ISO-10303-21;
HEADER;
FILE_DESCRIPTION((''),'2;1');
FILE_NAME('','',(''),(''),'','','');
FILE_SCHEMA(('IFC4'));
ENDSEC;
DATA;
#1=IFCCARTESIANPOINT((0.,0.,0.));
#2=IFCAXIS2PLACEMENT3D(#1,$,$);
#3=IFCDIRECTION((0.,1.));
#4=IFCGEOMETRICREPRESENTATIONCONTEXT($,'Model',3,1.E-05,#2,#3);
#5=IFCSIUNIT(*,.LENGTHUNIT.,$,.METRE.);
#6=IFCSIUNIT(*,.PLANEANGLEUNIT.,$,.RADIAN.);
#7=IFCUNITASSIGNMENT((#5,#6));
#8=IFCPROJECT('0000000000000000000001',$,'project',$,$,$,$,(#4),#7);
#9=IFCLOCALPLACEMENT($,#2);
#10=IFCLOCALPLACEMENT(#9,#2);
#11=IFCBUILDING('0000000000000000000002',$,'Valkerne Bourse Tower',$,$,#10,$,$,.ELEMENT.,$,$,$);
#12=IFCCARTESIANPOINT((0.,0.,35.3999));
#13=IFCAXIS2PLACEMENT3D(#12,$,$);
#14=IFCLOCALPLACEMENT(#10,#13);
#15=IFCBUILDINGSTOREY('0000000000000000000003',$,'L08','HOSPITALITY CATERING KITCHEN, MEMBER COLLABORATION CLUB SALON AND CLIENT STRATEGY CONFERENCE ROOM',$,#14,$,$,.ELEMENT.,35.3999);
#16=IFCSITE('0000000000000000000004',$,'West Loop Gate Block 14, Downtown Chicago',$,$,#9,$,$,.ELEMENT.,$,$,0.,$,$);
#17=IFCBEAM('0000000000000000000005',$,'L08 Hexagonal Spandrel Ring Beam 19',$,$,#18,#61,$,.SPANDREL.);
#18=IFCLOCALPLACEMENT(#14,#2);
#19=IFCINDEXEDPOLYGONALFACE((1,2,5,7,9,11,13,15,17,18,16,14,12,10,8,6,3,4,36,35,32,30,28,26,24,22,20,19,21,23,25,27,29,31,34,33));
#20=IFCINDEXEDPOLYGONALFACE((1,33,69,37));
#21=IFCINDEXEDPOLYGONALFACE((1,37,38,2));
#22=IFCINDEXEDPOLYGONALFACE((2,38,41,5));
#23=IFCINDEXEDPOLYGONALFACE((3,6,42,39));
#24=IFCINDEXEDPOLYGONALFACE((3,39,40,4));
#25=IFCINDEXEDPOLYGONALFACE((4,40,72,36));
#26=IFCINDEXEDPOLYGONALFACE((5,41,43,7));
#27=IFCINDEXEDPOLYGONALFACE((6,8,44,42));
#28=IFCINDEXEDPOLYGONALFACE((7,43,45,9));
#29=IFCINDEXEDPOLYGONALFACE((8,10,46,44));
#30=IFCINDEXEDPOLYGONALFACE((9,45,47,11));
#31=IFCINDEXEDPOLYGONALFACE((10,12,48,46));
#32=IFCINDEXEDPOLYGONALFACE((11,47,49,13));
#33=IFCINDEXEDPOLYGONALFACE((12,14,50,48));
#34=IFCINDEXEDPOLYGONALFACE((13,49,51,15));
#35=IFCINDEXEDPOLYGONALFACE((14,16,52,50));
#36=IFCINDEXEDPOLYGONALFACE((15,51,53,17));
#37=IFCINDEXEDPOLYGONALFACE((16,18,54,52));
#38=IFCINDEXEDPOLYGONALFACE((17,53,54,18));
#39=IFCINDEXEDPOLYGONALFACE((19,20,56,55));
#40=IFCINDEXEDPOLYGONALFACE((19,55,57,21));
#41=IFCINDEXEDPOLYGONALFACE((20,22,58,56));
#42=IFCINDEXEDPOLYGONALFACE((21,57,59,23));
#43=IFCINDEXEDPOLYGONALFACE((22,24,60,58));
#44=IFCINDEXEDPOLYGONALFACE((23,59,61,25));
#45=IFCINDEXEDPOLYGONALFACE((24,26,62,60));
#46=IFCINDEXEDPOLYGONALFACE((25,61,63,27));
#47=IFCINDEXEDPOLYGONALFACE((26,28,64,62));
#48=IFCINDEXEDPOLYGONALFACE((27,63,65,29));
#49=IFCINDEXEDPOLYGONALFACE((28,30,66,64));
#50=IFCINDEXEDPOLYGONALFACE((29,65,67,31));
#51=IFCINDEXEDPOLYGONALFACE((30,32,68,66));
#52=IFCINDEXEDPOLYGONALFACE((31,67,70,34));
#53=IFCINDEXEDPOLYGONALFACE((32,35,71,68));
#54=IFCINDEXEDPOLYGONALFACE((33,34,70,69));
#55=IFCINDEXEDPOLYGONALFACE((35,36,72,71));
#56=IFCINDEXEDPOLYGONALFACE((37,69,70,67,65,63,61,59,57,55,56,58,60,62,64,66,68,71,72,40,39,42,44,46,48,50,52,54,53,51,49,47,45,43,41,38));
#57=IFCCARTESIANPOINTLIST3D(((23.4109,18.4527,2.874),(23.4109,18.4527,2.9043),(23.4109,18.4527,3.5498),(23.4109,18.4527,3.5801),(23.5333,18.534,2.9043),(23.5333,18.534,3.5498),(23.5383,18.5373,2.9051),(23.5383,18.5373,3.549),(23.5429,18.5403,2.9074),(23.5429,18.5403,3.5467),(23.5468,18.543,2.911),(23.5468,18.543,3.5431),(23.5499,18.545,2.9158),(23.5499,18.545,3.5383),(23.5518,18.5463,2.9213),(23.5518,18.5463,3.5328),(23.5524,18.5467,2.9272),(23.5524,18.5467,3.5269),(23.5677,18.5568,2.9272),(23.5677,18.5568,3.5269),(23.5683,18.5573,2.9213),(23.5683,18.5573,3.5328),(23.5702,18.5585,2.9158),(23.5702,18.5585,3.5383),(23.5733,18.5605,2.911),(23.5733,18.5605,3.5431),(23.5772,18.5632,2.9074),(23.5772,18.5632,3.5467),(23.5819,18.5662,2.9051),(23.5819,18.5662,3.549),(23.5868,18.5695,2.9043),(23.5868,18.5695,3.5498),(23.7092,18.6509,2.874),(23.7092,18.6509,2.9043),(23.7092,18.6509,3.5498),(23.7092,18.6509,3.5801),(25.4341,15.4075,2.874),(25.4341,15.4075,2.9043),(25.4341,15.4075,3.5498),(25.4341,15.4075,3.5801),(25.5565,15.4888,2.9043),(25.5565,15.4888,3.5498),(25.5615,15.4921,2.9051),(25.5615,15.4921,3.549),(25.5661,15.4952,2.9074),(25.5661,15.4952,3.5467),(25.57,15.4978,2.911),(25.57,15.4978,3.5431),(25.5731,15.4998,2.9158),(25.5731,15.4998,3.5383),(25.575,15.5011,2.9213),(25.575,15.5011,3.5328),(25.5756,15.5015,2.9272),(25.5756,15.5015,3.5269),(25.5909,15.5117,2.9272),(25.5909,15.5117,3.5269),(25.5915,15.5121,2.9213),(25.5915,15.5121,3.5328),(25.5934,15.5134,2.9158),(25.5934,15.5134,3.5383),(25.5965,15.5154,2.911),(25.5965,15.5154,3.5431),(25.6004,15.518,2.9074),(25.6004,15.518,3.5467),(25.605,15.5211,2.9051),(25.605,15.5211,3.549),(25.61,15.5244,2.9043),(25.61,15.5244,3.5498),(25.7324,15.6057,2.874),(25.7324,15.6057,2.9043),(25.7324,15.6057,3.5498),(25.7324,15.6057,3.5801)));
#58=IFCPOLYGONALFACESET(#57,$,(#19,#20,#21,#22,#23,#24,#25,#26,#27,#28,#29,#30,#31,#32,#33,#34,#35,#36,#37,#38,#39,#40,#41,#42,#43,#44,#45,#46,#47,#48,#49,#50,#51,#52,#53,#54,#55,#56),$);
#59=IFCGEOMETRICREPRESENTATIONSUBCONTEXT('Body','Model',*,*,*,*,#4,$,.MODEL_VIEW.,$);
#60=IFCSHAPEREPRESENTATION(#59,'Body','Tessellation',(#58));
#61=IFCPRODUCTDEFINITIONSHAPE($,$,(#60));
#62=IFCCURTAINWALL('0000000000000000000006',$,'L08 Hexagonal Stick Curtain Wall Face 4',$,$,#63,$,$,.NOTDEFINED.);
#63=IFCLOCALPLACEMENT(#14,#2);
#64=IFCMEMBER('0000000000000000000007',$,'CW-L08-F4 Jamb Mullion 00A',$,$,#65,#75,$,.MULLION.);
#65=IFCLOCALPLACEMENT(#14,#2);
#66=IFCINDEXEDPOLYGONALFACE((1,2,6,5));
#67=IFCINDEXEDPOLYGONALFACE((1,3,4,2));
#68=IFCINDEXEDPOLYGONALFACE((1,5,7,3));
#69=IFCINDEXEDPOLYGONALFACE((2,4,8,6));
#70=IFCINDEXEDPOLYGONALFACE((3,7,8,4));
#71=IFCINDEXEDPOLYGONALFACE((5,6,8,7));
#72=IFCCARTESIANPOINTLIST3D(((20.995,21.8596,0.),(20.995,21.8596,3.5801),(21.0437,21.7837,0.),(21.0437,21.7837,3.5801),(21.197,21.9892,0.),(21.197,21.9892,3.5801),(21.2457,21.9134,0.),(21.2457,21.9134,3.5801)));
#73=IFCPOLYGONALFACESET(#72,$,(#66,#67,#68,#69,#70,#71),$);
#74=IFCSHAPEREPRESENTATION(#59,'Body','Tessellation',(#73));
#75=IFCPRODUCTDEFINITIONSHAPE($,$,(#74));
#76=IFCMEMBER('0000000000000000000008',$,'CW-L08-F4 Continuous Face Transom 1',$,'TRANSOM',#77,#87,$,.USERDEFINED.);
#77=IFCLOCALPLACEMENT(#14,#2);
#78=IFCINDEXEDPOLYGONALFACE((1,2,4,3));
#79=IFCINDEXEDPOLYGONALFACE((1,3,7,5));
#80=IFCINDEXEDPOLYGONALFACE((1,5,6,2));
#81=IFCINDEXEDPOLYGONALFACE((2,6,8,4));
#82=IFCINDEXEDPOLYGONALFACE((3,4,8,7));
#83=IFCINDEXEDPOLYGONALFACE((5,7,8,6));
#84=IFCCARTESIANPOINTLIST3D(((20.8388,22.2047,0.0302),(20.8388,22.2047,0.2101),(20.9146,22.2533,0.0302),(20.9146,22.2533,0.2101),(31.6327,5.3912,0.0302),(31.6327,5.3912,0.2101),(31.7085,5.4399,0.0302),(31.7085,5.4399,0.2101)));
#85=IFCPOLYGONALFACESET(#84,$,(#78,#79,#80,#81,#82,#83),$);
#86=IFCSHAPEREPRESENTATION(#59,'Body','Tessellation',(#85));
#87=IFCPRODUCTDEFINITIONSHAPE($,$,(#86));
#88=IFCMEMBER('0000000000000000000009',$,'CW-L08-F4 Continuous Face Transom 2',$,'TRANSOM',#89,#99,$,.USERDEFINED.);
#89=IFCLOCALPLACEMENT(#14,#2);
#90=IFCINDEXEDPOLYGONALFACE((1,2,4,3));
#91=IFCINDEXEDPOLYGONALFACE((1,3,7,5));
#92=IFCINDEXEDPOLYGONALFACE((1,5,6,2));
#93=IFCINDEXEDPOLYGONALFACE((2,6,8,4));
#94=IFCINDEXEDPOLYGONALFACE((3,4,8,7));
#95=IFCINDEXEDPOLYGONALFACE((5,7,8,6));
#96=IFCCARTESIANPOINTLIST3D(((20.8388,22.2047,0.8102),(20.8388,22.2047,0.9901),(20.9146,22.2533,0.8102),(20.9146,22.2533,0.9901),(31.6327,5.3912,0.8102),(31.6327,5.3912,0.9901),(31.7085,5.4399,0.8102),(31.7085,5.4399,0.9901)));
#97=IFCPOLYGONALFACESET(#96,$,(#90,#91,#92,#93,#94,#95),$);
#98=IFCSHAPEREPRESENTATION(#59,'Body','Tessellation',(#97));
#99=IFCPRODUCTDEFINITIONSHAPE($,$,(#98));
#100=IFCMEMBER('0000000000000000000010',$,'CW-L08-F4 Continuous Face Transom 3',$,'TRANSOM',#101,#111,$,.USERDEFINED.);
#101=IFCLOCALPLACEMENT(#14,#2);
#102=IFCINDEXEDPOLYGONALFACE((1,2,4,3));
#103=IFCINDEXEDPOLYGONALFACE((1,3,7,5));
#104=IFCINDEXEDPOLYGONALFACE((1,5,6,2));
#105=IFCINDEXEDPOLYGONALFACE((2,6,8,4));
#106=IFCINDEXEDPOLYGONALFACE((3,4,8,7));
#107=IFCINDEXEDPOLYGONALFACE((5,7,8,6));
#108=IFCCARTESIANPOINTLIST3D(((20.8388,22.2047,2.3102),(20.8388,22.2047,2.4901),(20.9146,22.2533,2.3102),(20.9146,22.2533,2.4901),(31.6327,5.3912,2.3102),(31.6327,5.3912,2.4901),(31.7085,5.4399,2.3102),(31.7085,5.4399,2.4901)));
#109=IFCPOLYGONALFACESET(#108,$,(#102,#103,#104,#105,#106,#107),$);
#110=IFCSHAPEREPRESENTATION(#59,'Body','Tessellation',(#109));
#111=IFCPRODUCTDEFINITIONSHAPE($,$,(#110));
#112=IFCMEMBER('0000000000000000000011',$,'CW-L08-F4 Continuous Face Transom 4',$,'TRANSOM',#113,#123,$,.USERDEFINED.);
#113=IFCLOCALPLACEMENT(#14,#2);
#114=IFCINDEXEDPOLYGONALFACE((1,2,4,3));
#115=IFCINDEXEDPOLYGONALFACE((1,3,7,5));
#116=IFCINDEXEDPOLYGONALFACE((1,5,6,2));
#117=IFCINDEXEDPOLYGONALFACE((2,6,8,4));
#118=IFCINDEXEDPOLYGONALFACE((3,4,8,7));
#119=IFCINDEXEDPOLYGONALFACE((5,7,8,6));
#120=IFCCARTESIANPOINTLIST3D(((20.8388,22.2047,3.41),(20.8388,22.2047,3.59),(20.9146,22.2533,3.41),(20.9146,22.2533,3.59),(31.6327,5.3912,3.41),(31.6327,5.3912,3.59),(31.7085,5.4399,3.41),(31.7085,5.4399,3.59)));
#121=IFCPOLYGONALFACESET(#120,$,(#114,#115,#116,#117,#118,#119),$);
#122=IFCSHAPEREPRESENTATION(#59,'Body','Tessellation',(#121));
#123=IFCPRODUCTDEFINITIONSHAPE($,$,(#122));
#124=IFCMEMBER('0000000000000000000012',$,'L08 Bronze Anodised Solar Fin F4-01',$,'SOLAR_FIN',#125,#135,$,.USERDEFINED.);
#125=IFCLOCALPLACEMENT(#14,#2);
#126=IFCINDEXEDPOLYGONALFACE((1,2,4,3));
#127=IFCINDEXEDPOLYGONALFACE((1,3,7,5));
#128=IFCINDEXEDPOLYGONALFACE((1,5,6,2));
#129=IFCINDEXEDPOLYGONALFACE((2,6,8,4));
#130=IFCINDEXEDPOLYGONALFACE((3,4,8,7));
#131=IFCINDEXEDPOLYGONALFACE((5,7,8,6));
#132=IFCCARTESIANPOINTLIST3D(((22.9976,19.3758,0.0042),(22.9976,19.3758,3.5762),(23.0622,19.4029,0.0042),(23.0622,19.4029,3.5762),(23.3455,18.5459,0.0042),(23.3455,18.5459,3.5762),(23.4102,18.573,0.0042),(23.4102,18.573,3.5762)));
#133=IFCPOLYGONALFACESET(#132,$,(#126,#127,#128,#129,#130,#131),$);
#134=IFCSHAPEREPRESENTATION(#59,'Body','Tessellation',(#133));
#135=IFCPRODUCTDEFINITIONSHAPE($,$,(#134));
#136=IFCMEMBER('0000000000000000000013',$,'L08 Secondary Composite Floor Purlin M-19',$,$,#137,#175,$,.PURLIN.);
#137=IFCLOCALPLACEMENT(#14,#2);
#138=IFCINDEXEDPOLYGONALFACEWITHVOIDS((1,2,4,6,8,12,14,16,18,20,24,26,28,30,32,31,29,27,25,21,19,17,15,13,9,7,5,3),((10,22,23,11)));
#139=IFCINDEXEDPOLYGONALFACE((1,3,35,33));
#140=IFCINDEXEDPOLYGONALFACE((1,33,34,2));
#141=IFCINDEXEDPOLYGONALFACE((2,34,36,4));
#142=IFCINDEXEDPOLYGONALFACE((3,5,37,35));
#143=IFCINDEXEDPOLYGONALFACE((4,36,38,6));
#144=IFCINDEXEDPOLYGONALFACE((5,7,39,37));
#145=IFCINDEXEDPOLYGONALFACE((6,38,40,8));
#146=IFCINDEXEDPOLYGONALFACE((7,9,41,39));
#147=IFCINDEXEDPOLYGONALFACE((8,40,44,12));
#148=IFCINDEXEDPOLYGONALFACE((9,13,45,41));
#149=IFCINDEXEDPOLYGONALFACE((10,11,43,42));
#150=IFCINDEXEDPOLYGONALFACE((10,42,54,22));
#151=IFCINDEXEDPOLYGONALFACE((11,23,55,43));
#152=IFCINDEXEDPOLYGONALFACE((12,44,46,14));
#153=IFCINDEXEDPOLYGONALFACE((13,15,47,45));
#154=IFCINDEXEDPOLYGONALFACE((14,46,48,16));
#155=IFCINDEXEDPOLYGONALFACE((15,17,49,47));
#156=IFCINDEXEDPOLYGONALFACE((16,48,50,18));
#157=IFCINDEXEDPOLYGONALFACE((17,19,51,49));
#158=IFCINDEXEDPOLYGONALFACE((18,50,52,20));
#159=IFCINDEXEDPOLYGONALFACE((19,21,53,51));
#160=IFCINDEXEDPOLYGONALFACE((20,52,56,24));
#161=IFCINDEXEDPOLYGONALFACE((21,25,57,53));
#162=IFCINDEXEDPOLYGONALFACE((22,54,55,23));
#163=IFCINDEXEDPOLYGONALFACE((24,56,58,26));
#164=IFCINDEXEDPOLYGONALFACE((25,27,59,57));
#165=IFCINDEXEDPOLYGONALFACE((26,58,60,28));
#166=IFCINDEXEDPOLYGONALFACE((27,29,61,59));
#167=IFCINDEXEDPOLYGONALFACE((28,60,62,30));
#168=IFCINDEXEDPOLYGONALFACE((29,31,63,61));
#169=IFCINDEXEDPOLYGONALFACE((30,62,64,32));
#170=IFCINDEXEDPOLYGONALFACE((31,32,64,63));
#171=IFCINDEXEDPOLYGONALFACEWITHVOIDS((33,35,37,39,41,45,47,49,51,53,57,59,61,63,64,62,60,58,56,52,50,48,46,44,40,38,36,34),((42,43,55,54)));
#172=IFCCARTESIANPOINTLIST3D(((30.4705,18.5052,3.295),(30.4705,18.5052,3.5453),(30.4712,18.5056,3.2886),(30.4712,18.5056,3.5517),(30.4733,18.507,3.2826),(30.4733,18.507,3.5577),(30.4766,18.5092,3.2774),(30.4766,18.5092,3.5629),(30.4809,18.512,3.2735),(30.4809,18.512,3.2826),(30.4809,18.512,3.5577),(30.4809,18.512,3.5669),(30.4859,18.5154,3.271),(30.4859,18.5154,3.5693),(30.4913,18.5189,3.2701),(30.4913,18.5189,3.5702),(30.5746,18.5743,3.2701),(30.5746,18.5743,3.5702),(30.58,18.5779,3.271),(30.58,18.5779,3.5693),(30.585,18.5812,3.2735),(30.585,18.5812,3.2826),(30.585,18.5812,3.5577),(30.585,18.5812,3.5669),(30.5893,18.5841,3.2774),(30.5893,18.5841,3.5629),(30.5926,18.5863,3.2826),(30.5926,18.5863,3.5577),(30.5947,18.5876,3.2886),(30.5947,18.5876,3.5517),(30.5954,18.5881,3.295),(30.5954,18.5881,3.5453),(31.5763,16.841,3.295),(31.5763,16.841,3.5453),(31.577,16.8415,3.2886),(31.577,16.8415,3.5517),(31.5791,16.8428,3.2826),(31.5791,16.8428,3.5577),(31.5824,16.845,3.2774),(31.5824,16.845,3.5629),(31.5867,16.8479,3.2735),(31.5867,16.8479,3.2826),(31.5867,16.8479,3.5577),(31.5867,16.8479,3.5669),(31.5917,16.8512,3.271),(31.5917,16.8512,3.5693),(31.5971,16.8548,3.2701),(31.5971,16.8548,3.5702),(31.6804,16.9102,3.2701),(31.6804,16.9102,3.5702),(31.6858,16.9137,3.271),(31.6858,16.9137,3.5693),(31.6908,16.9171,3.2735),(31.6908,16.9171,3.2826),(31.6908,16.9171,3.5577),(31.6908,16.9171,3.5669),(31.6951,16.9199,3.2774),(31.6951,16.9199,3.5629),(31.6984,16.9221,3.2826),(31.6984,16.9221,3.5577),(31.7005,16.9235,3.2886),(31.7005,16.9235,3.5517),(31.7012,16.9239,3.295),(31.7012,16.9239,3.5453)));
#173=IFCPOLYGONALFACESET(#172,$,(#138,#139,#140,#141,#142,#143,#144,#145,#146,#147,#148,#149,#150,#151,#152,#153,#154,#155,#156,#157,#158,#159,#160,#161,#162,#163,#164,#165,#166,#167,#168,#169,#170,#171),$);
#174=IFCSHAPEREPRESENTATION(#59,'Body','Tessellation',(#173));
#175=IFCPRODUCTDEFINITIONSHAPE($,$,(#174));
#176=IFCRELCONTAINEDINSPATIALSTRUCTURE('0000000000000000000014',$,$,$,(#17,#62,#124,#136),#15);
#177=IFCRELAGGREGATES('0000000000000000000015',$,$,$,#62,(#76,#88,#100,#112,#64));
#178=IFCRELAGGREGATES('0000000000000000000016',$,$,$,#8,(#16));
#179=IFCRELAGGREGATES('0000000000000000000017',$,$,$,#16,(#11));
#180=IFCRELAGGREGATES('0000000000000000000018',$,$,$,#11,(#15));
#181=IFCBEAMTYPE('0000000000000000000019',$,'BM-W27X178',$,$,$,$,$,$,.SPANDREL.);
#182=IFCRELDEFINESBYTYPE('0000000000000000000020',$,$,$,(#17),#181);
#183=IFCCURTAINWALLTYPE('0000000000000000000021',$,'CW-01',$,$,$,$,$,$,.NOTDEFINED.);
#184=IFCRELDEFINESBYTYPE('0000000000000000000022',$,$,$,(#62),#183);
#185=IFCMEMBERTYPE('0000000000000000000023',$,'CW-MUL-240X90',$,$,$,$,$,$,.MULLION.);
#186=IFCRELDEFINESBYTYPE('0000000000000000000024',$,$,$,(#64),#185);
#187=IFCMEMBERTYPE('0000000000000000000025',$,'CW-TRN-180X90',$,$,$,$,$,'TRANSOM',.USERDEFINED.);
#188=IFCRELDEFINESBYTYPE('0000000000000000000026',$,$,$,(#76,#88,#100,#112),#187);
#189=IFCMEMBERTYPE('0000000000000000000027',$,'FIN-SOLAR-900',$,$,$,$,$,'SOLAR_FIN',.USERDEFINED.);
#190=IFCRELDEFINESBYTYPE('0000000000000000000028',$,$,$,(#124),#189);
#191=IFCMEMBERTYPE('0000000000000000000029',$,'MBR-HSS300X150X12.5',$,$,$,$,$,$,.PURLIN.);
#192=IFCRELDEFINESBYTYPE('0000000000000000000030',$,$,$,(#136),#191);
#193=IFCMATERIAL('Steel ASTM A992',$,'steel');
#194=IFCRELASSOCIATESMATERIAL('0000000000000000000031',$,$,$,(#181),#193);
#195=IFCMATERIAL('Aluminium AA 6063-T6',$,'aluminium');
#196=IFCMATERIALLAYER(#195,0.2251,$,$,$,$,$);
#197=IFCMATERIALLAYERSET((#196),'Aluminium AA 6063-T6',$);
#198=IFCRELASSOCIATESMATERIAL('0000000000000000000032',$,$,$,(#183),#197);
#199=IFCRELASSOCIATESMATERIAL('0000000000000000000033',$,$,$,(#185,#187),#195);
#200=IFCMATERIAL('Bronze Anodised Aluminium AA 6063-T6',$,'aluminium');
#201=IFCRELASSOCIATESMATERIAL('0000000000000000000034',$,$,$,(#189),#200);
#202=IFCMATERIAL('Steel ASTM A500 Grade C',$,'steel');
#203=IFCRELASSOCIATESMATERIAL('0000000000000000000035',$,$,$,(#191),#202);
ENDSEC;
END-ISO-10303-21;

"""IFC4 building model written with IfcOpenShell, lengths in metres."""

from ifc_helpers import new_model, si_unit, direction, frame, origin, origin_2d, place, context, subcontext, project, spatial, rectangle, hollow_rectangle, i_section, extrude, material, layer, layer_set, material_profile, profile_set, type_object, element, aggregate, save


model = new_model("IFC4")

# Units and contexts
model_context = context("Model", 3, precision=1e-05, world=origin(), true_north=direction((0.0, 1.0)))
body_context = subcontext(model_context, "Body", "Model", "MODEL_VIEW")
ifc_project = project(units=[si_unit("LENGTHUNIT", "METRE"), si_unit("PLANEANGLEUNIT", "RADIAN")], contexts=[model_context])

# Site, building, storey
site_placement = place(None, origin())
site = spatial("IfcSite", under=ifc_project, at=site_placement, Name="West Loop Gate Block 14, Downtown Chicago", CompositionType="ELEMENT", RefElevation=0.0)
building_placement = place(site_placement, origin())
building = spatial("IfcBuilding", under=site, at=building_placement, Name="Valkerne Bourse Tower", CompositionType="ELEMENT")
storey_placement = place(building_placement, frame((0.0, 0.0, 35.3999)))
storey = spatial("IfcBuildingStorey", under=building, at=storey_placement, Name="L08", Description="HOSPITALITY CATERING KITCHEN, MEMBER COLLABORATION CLUB SALON AND CLIENT STRATEGY CONFERENCE ROOM", CompositionType="ELEMENT", Elevation=35.3999)

# Beam
ifc_material_1 = material(Name="Steel ASTM A992", Category="steel")
ifc_material_profile_1 = material_profile(ifc_material_1, i_section(OverallWidth=0.3582, OverallDepth=0.7061, WebThickness=0.0183, FlangeThickness=0.0303, FilletRadius=0.0229, at=origin_2d()), Name="W27X178")
ifc_profile_set_1 = profile_set([ifc_material_profile_1], Name="Steel ASTM A992")
beam_type_1 = type_object("IfcBeamType", Name="BM-W27X178", PredefinedType="SPANDREL", material=ifc_profile_set_1)
beam_1_placement = place(storey_placement, frame((23.5601, 18.5518, 3.2271), z_axis=(0.55339, -0.832923, 0.0), x_axis=(0.832923, 0.55339, 0.0)))
element("IfcBeam", 1, at=beam_1_placement, inside=storey, type_object=beam_type_1, Name="L08 Hexagonal Spandrel Ring Beam 19", PredefinedType="SPANDREL", context=body_context, shape_type="SweptSolid", body=[
    extrude(i_section(OverallWidth=0.3582, OverallDepth=0.7061, WebThickness=0.0183, FlangeThickness=0.0303, FilletRadius=0.0229, at=origin_2d()), origin(), (0.0, 0.0, 1.0), 3.656),
])

# Curtain wall, members
ifc_material_2 = material(Name="Aluminium AA 6063-T6", Category="aluminium")
ifc_layer_1 = layer(ifc_material_2, 0.2251)
ifc_layer_set_1 = layer_set([ifc_layer_1], Name="Aluminium AA 6063-T6")
curtain_wall_type = type_object("IfcCurtainWallType", Name="CW-01", PredefinedType="NOTDEFINED", material=ifc_layer_set_1)
curtain_wall_placement = place(storey_placement, origin())
curtain_wall = element("IfcCurtainWall", 2, at=curtain_wall_placement, inside=storey, type_object=curtain_wall_type, Name="L08 Hexagonal Stick Curtain Wall Face 4", PredefinedType="NOTDEFINED")
ifc_material_profile_2 = material_profile(ifc_material_2, rectangle(XDim=0.0901, YDim=0.24, at=origin_2d()), Name="CWM-90X240")
ifc_profile_set_2 = profile_set([ifc_material_profile_2], Name="Aluminium AA 6063-T6")
member_type_1 = type_object("IfcMemberType", Name="CW-MUL-240X90", PredefinedType="MULLION", material=ifc_profile_set_2)
member_1_placement = place(storey_placement, frame((21.1204, 21.8865, 0.0), z_axis=(0.0, 0.0, 1.0), x_axis=(0.540238, -0.841512, 0.0)))
member_1 = element("IfcMember", 3, at=member_1_placement, type_object=member_type_1, Name="CW-L08-F4 Jamb Mullion 00A", PredefinedType="MULLION", context=body_context, shape_type="SweptSolid", body=[
    extrude(rectangle(XDim=0.0901, YDim=0.24, at=origin_2d()), origin(), (0.0, 0.0, 1.0), 3.5801),
])
ifc_material_profile_3 = material_profile(ifc_material_2, rectangle(XDim=0.0901, YDim=0.1799, at=origin_2d()), Name="CWT-90X180")
ifc_profile_set_3 = profile_set([ifc_material_profile_3], Name="Aluminium AA 6063-T6")
member_type_2 = type_object("IfcMemberType", Name="CW-TRN-180X90", ElementType="TRANSOM", PredefinedType="USERDEFINED", material=ifc_profile_set_3)
member_2_placement = place(storey_placement, frame((20.8767, 22.229, 0.1201), z_axis=(0.540236, -0.841513, 0.0), x_axis=(0.841513, 0.540236, 0.0)))
member_2 = element("IfcMember", 4, at=member_2_placement, type_object=member_type_2, Name="CW-L08-F4 Continuous Face Transom 1", ObjectType="TRANSOM", PredefinedType="USERDEFINED", context=body_context, shape_type="SweptSolid", body=[
    extrude(rectangle(XDim=0.0901, YDim=0.1799, at=origin_2d()), origin(), (0.0, 0.0, 1.0), 19.98),
])
member_3_placement = place(storey_placement, frame((20.8767, 22.229, 0.9001), z_axis=(0.540236, -0.841513, 0.0), x_axis=(0.841513, 0.540236, 0.0)))
member_3 = element("IfcMember", 5, at=member_3_placement, type_object=member_type_2, Name="CW-L08-F4 Continuous Face Transom 2", ObjectType="TRANSOM", PredefinedType="USERDEFINED", context=body_context, shape_type="SweptSolid", body=[
    extrude(rectangle(XDim=0.0901, YDim=0.1799, at=origin_2d()), origin(), (0.0, 0.0, 1.0), 19.98),
])
member_4_placement = place(storey_placement, frame((20.8767, 22.229, 2.4001), z_axis=(0.540236, -0.841513, 0.0), x_axis=(0.841513, 0.540236, 0.0)))
member_4 = element("IfcMember", 6, at=member_4_placement, type_object=member_type_2, Name="CW-L08-F4 Continuous Face Transom 3", ObjectType="TRANSOM", PredefinedType="USERDEFINED", context=body_context, shape_type="SweptSolid", body=[
    extrude(rectangle(XDim=0.0901, YDim=0.1799, at=origin_2d()), origin(), (0.0, 0.0, 1.0), 19.98),
])
member_5_placement = place(storey_placement, frame((20.8767, 22.229, 3.5), z_axis=(0.540236, -0.841513, 0.0), x_axis=(0.841513, 0.540236, 0.0)))
member_5 = element("IfcMember", 7, at=member_5_placement, type_object=member_type_2, Name="CW-L08-F4 Continuous Face Transom 4", ObjectType="TRANSOM", PredefinedType="USERDEFINED", context=body_context, shape_type="SweptSolid", body=[
    extrude(rectangle(XDim=0.0901, YDim=0.1799, at=origin_2d()), origin(), (0.0, 0.0, 1.0), 19.98),
])

# Members
ifc_material_3 = material(Name="Bronze Anodised Aluminium AA 6063-T6", Category="aluminium")
ifc_material_profile_4 = material_profile(ifc_material_3, rectangle(XDim=0.0701, YDim=0.8999, at=origin_2d()), Name="FIN-70X900")
ifc_profile_set_4 = profile_set([ifc_material_profile_4], Name="Bronze Anodised Aluminium AA 6063-T6")
member_type_3 = type_object("IfcMemberType", Name="FIN-SOLAR-900", ElementType="SOLAR_FIN", PredefinedType="USERDEFINED", material=ifc_profile_set_4)
member_6_placement = place(storey_placement, frame((23.2039, 18.9744, 0.0042), z_axis=(0.0, 0.0, 1.0), x_axis=(-0.922204, -0.386703, 0.0)))
element("IfcMember", 8, at=member_6_placement, inside=storey, type_object=member_type_3, Name="L08 Bronze Anodised Solar Fin F4-01", ObjectType="SOLAR_FIN", PredefinedType="USERDEFINED", context=body_context, shape_type="SweptSolid", body=[
    extrude(rectangle(XDim=0.0701, YDim=0.8999, at=origin_2d()), origin(), (0.0, 0.0, 1.0), 3.572),
])
ifc_material_4 = material(Name="Steel ASTM A500 Grade C", Category="steel")
ifc_material_profile_5 = material_profile(ifc_material_4, hollow_rectangle(XDim=0.1499, YDim=0.3, WallThickness=0.0125, OuterFilletRadius=0.0249, at=origin_2d()), Name="HSS300X150X12.5")
ifc_profile_set_5 = profile_set([ifc_material_profile_5], Name="Steel ASTM A500 Grade C")
member_type_4 = type_object("IfcMemberType", Name="MBR-HSS300X150X12.5", PredefinedType="PURLIN", material=ifc_profile_set_5)
member_7_placement = place(storey_placement, frame((30.533, 18.5466, 3.4202), z_axis=(0.553431, -0.832895, 0.0), x_axis=(0.832895, 0.553431, 0.0)))
element("IfcMember", 9, at=member_7_placement, inside=storey, type_object=member_type_4, Name="L08 Secondary Composite Floor Purlin M-19", PredefinedType="PURLIN", context=body_context, shape_type="SweptSolid", body=[
    extrude(hollow_rectangle(XDim=0.1499, YDim=0.3, WallThickness=0.0125, OuterFilletRadius=0.0249, at=origin_2d()), origin(), (0.0, 0.0, 1.0), 1.998),
])

aggregate(curtain_wall, [member_2, member_3, member_4, member_5, member_1])

save(model, "model.ifc")
